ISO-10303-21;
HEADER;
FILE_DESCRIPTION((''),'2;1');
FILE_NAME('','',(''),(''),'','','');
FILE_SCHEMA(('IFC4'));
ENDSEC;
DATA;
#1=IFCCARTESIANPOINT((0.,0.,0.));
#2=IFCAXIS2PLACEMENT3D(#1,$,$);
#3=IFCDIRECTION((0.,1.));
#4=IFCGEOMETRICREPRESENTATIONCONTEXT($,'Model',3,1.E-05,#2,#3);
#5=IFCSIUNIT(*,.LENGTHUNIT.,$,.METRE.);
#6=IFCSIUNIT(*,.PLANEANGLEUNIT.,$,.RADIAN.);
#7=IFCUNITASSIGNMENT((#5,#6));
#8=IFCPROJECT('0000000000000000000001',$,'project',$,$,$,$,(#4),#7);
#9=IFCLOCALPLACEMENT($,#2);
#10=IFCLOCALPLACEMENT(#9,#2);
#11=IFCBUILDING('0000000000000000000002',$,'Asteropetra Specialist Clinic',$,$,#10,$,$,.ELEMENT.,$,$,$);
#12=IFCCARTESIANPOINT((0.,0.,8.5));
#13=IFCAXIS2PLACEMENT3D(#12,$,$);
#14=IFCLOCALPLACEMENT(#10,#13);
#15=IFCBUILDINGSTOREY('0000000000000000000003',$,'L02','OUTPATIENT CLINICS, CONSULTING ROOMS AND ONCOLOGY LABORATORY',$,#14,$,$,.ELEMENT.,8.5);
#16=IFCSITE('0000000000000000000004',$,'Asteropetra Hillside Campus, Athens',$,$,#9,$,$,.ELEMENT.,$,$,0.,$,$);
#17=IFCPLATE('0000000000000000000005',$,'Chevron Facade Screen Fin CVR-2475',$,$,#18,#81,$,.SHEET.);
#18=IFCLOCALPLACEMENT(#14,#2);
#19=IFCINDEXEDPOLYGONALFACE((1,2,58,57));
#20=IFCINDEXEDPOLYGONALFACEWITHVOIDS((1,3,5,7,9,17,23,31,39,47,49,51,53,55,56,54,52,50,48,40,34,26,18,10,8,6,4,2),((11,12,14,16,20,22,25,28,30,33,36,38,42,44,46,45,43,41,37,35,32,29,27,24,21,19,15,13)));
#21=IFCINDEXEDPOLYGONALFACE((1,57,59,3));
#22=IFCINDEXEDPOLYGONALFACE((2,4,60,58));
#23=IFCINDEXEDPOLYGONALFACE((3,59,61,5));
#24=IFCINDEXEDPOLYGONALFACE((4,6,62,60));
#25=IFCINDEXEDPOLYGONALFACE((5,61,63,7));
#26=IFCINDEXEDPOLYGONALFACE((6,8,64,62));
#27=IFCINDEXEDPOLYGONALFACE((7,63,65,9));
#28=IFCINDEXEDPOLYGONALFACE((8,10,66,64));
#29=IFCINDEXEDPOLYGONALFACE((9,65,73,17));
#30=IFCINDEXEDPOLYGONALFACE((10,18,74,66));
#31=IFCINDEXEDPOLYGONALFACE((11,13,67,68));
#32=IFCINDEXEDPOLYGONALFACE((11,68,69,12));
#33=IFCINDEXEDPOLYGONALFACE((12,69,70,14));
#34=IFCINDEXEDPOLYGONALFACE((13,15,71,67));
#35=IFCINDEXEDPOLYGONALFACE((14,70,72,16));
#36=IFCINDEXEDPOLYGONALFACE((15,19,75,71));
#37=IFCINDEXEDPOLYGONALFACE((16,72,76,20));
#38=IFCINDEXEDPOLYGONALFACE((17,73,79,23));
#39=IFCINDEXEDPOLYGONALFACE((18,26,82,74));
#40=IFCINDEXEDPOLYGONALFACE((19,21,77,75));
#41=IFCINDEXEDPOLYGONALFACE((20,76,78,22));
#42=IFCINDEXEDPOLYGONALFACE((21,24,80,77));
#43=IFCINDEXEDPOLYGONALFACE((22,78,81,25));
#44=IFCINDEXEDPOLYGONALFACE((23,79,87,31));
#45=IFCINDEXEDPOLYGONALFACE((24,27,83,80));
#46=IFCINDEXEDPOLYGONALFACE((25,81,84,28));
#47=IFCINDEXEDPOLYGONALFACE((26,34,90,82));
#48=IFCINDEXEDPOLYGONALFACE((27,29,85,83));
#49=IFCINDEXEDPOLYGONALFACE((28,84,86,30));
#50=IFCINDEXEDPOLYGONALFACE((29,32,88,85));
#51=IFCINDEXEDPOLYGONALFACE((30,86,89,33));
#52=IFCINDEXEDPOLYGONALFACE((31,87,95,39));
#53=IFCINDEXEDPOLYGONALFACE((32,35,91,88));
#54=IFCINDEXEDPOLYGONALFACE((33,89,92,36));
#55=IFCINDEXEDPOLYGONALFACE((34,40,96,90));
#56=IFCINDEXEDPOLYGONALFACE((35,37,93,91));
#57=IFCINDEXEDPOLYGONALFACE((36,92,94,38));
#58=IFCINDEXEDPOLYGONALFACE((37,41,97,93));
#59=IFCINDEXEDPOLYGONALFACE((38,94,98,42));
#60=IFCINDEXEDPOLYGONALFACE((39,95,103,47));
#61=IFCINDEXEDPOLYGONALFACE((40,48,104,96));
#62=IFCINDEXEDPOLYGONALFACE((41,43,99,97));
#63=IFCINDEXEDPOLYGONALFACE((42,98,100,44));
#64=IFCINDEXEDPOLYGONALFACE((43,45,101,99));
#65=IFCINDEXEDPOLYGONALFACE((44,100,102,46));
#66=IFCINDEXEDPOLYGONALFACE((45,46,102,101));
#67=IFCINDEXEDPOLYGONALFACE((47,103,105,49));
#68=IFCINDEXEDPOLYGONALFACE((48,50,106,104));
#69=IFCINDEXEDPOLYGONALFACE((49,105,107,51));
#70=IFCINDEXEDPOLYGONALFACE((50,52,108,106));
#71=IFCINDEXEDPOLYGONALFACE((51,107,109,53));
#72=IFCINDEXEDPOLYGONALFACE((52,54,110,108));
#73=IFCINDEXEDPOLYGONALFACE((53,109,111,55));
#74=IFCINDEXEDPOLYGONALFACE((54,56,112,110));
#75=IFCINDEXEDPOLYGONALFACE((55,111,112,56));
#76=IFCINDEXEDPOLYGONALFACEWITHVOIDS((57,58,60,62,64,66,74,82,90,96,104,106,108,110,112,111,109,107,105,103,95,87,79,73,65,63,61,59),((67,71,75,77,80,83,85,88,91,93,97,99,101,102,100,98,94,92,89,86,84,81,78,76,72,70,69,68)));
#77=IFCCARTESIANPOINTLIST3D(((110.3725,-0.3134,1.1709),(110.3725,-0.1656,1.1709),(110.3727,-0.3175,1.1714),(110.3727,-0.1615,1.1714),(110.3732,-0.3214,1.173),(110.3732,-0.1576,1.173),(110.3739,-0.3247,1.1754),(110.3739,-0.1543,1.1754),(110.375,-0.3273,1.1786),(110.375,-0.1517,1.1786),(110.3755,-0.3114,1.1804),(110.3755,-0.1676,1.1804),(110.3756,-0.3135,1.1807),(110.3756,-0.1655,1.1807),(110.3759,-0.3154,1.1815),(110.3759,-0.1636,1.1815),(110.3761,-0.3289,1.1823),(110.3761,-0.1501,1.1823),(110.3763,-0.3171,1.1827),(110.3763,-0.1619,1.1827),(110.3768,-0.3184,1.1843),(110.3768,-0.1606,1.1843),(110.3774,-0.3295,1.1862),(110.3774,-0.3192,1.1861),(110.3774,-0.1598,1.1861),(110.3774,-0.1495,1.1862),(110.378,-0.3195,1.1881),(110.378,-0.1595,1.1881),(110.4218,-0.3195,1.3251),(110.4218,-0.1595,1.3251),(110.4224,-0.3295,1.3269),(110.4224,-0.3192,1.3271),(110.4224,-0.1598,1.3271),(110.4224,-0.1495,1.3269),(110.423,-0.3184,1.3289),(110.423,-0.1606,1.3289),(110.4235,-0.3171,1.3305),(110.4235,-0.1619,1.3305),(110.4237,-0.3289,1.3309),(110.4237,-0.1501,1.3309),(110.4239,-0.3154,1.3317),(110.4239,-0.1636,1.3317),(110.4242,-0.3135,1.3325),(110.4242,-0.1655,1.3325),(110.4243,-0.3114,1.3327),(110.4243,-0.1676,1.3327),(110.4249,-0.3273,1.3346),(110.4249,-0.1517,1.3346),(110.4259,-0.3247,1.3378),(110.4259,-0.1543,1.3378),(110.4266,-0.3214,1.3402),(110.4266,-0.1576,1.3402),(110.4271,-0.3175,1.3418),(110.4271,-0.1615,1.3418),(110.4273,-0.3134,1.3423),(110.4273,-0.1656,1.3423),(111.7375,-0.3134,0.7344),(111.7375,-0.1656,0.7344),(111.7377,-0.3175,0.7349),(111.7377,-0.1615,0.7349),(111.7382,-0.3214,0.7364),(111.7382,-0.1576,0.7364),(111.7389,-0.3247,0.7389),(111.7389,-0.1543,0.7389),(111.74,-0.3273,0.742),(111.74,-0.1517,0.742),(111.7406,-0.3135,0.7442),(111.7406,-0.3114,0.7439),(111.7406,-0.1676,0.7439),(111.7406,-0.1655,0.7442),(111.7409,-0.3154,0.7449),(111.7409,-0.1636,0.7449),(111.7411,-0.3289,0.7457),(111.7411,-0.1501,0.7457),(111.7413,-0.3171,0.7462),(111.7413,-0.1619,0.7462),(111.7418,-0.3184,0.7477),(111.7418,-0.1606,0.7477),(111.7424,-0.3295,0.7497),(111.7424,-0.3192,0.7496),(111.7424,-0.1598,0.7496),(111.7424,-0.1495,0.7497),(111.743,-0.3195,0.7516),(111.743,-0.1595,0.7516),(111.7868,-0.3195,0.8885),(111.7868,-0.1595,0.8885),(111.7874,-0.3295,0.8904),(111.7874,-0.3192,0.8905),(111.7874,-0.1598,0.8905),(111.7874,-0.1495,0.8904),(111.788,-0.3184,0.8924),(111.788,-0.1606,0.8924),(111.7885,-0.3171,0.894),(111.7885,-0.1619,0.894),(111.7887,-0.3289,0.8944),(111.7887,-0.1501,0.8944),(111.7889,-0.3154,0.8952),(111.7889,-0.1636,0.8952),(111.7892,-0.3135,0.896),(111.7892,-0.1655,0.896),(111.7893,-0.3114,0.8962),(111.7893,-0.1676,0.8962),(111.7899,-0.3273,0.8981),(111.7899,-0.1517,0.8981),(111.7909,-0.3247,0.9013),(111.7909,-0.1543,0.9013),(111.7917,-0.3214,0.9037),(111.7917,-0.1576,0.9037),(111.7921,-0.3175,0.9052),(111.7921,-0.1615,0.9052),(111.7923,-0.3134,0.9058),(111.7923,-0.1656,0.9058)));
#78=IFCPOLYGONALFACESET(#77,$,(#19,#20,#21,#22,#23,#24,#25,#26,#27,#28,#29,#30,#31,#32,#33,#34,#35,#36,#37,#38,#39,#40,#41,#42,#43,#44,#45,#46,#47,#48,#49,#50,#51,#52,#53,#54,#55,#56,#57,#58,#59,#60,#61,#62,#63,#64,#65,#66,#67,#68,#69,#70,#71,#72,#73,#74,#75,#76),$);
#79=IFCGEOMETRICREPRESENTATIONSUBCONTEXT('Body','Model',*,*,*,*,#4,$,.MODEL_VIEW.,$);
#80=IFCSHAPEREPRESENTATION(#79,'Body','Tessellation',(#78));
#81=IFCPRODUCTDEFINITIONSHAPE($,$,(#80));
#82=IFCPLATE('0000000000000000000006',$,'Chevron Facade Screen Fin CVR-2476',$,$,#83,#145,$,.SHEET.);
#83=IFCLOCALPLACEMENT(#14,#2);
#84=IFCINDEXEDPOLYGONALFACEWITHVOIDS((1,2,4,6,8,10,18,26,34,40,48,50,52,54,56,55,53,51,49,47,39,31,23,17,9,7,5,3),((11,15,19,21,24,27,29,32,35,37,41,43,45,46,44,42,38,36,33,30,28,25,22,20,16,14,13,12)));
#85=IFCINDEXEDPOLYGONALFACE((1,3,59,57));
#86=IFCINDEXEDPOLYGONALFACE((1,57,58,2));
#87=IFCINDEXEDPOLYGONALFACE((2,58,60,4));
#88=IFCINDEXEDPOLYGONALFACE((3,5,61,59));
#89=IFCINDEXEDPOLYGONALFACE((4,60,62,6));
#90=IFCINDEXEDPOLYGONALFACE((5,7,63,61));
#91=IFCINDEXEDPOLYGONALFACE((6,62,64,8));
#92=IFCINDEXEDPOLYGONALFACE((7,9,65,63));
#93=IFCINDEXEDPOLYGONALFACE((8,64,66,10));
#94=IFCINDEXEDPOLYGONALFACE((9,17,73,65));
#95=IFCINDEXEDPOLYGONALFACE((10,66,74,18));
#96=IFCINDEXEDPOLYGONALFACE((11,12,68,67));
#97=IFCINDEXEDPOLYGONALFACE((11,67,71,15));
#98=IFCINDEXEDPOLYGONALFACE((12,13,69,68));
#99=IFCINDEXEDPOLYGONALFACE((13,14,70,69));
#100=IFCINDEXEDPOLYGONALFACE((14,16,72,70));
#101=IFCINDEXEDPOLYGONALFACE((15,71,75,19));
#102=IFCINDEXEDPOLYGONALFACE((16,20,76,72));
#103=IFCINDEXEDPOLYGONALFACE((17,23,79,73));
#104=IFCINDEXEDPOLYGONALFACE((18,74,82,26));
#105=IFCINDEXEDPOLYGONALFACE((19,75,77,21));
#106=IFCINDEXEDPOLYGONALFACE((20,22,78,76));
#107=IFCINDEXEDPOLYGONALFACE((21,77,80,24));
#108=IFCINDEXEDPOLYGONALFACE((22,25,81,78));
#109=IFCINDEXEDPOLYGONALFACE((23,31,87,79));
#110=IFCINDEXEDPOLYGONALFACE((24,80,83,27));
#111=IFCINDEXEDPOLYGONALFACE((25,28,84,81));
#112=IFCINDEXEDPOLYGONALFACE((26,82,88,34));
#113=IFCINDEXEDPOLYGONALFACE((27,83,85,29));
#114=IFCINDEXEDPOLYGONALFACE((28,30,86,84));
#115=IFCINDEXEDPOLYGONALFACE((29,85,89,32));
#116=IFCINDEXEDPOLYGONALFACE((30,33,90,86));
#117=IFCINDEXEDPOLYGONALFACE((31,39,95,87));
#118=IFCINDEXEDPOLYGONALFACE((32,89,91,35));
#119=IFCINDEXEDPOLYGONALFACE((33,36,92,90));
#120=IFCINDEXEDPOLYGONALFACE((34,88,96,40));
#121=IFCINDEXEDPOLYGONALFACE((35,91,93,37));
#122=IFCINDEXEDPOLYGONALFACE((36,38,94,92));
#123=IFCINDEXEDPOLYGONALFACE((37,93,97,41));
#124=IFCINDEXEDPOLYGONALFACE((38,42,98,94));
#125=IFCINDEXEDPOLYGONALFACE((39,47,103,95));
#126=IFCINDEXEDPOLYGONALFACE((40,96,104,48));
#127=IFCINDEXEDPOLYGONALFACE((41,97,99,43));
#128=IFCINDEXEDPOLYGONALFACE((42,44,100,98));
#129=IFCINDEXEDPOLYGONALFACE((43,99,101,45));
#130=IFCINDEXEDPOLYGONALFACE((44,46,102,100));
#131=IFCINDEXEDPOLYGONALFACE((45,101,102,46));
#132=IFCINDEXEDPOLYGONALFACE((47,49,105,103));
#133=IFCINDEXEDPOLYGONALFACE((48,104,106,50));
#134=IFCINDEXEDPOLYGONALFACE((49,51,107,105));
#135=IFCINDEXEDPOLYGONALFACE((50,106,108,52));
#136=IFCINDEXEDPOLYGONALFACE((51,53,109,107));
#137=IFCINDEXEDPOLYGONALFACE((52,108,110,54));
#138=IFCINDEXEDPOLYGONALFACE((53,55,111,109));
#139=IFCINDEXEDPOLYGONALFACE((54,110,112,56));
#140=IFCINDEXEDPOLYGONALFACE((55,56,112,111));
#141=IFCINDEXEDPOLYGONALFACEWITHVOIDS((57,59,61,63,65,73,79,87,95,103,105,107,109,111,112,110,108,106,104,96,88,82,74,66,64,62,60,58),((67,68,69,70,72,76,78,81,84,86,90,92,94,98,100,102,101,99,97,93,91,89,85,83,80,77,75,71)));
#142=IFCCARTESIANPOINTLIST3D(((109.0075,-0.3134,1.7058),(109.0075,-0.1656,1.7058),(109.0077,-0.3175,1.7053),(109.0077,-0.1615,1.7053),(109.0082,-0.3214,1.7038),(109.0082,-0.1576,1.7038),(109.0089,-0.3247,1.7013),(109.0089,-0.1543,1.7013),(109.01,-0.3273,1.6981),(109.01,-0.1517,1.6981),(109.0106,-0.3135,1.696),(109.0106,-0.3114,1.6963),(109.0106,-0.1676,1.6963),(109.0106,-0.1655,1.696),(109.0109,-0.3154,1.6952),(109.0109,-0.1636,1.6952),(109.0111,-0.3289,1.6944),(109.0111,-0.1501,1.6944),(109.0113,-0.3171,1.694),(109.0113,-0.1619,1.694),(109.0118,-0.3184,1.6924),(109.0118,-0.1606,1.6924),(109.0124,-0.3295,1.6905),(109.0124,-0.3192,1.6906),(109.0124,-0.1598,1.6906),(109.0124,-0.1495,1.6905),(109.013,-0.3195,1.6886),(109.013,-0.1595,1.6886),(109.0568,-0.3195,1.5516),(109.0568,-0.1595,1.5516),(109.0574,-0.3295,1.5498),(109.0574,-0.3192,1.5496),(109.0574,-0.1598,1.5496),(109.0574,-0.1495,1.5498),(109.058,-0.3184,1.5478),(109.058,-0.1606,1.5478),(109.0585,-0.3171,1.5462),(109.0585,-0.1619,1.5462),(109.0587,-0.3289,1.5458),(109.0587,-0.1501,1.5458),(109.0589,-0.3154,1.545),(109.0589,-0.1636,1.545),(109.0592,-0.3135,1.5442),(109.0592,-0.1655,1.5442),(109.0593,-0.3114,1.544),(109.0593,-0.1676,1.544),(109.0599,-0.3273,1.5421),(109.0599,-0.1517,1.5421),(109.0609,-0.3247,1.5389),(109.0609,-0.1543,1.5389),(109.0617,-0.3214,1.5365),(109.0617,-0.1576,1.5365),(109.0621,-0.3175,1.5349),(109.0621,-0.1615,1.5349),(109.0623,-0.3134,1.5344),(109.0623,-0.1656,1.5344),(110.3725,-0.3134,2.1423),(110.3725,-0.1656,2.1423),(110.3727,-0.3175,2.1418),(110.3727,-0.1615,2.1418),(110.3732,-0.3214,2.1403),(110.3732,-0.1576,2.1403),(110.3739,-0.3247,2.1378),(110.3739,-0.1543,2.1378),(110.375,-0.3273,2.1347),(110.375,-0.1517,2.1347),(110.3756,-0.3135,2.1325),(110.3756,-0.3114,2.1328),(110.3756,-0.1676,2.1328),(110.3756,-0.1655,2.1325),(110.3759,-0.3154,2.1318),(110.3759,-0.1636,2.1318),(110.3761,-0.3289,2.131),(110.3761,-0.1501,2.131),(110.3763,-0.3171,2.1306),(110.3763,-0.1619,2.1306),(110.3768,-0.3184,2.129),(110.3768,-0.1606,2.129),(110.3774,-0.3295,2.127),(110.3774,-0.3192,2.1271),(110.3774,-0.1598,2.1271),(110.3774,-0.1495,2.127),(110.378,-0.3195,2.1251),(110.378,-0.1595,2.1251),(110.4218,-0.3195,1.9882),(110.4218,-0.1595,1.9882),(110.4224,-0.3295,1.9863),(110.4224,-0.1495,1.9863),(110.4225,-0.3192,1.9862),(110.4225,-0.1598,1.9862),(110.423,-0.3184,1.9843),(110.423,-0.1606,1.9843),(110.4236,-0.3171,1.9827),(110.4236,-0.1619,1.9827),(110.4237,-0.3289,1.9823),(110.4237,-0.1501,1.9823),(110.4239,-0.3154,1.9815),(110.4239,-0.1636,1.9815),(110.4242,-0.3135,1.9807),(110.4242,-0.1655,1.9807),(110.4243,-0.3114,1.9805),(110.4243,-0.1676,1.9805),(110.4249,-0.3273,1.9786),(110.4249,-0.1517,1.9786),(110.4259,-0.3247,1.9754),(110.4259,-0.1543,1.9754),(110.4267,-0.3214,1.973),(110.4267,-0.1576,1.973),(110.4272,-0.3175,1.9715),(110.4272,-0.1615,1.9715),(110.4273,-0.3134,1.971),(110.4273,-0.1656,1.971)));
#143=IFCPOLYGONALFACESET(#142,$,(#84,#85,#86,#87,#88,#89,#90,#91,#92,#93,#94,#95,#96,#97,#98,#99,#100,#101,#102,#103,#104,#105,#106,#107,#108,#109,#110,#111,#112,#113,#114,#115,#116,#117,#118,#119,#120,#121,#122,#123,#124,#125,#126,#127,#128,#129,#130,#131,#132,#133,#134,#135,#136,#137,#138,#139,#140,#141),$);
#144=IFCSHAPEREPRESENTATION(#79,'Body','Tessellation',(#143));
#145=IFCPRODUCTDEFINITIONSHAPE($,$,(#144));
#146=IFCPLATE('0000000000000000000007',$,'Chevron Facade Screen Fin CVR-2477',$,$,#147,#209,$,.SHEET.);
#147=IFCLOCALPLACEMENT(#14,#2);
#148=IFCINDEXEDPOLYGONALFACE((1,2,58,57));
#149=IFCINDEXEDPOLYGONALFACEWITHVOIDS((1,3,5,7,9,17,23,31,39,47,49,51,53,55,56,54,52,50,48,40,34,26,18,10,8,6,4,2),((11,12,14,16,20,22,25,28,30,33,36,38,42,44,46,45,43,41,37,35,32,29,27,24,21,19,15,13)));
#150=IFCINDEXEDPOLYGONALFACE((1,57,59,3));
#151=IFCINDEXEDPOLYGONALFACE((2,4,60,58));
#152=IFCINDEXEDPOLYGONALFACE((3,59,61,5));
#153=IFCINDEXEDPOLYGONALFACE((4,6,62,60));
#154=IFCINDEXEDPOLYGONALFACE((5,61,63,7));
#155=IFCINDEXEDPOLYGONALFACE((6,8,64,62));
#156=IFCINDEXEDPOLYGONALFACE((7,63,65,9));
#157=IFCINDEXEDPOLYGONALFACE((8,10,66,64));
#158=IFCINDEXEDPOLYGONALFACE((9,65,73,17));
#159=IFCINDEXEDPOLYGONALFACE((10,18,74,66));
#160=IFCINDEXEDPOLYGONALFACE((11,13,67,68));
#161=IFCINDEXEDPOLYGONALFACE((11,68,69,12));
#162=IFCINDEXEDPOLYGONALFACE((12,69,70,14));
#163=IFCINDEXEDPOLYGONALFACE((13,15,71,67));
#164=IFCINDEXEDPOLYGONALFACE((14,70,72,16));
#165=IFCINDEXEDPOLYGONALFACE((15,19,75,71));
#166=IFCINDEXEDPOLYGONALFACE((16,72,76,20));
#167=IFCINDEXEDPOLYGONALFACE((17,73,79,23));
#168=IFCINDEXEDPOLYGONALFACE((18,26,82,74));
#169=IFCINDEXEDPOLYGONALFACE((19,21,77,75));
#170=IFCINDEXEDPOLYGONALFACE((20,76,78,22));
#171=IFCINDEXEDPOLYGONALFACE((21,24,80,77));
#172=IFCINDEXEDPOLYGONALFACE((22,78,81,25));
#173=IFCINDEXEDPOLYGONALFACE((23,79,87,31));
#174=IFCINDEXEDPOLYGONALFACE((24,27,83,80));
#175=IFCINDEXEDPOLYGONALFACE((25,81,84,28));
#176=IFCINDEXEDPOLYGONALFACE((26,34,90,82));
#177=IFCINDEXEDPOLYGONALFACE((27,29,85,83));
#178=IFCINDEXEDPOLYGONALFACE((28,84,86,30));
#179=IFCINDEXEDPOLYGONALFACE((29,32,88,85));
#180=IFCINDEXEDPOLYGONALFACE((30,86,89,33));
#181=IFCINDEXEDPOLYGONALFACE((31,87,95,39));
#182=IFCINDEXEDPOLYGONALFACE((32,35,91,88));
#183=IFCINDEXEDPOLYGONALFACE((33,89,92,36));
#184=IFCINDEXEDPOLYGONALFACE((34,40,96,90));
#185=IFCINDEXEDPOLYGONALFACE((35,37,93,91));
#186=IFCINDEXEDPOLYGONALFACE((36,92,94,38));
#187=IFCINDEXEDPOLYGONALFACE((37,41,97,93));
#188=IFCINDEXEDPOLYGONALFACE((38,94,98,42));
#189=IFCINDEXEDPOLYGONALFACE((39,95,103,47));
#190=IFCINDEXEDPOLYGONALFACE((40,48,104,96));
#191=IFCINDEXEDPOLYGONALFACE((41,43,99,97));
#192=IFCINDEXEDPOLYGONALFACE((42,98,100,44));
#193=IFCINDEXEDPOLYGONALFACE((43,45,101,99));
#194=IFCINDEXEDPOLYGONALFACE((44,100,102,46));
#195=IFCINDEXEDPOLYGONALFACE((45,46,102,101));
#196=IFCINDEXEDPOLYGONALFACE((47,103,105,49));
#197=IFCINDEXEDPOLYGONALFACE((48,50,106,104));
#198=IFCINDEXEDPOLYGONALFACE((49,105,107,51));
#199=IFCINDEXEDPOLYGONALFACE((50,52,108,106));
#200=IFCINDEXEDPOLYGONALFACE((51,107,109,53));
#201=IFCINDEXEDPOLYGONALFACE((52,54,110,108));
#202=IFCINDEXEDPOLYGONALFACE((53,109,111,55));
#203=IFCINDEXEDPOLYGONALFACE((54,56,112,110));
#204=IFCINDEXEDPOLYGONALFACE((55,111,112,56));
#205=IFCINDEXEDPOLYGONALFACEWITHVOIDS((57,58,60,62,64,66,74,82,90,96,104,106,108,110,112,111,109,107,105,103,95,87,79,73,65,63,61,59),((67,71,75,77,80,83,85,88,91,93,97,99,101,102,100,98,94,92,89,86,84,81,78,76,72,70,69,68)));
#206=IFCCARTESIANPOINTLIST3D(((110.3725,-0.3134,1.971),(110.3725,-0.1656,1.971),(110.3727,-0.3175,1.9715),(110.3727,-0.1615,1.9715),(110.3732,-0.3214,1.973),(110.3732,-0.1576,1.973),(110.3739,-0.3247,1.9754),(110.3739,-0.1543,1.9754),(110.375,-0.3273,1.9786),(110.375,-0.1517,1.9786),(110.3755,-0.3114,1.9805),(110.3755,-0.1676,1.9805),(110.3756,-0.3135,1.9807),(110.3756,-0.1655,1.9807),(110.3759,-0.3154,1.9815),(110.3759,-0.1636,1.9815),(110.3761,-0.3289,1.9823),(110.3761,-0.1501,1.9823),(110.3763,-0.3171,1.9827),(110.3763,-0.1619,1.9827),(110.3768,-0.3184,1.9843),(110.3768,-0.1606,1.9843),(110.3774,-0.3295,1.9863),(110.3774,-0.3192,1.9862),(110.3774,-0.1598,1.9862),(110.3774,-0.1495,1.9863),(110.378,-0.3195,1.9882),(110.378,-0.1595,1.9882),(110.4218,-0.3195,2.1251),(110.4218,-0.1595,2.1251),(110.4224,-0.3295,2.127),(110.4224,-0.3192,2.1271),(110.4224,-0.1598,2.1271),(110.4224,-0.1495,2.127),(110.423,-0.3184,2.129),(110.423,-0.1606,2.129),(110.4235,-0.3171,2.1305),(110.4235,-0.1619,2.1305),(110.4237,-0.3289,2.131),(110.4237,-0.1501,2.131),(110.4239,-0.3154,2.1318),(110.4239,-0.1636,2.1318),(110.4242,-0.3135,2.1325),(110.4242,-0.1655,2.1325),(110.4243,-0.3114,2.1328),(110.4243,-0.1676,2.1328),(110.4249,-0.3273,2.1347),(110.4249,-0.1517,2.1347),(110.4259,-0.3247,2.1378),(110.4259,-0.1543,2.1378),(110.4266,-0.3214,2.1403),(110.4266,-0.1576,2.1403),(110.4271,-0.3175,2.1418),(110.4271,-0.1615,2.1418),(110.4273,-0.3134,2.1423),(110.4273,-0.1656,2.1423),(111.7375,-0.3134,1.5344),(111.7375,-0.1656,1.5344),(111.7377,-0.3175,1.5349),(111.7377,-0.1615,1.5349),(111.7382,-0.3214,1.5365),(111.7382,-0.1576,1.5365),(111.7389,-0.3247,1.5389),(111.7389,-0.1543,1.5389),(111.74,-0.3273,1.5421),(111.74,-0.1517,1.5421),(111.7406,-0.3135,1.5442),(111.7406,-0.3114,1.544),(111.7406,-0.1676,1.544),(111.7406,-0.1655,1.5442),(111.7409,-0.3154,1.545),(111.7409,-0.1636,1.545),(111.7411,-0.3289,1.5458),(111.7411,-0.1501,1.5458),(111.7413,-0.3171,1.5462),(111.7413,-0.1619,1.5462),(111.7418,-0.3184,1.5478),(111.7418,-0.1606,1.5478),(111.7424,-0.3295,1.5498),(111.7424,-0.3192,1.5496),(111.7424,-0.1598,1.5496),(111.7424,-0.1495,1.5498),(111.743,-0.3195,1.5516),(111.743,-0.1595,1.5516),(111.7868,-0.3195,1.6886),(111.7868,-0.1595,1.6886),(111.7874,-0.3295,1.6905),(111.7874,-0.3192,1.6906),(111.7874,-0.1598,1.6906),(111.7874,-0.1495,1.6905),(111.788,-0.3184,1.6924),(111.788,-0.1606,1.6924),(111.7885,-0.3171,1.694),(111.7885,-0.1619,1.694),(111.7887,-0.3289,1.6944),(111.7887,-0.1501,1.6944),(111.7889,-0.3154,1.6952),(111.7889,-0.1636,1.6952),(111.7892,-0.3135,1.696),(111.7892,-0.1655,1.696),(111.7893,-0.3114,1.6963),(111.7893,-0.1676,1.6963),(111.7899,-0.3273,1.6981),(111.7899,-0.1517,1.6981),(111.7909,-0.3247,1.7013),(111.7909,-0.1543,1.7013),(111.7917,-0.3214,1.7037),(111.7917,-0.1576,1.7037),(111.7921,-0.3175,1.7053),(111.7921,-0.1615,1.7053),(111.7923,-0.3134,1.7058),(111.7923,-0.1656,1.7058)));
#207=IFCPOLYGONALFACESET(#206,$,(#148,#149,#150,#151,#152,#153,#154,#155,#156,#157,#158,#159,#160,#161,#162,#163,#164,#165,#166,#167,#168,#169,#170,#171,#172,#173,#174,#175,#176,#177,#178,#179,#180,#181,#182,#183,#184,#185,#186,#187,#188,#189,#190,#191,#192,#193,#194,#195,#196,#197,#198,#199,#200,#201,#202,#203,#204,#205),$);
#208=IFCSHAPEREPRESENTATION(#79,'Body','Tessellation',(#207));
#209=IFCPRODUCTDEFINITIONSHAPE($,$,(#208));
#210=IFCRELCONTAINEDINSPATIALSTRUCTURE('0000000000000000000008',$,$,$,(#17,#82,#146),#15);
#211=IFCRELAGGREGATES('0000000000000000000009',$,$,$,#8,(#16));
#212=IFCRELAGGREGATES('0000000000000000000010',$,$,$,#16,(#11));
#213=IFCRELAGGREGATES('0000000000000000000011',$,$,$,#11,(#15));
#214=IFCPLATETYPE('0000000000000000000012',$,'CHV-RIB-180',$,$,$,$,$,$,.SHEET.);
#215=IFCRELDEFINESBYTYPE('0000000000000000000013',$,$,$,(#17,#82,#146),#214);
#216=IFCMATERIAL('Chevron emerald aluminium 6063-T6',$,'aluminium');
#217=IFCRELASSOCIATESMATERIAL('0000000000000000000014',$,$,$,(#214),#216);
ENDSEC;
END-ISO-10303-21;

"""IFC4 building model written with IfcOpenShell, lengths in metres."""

from ifc_helpers import new_model, si_unit, direction, frame, origin, origin_2d, place, context, subcontext, project, spatial, hollow_rectangle, extrude, material, material_profile, profile_set, type_object, element, save


model = new_model("IFC4")

# Units and contexts
model_context = context("Model", 3, precision=1e-05, world=origin(), true_north=direction((0.0, 1.0)))
body_context = subcontext(model_context, "Body", "Model", "MODEL_VIEW")
ifc_project = project(units=[si_unit("LENGTHUNIT", "METRE"), si_unit("PLANEANGLEUNIT", "RADIAN")], contexts=[model_context])

# Site, building, storey
site_placement = place(None, origin())
site = spatial("IfcSite", under=ifc_project, at=site_placement, Name="Asteropetra Hillside Campus, Athens", CompositionType="ELEMENT", RefElevation=0.0)
building_placement = place(site_placement, origin())
building = spatial("IfcBuilding", under=site, at=building_placement, Name="Asteropetra Specialist Clinic", CompositionType="ELEMENT")
storey_placement = place(building_placement, frame((0.0, 0.0, 8.5)))
storey = spatial("IfcBuildingStorey", under=building, at=storey_placement, Name="L02", Description="OUTPATIENT CLINICS, CONSULTING ROOMS AND ONCOLOGY LABORATORY", CompositionType="ELEMENT", Elevation=8.5)

# Plates
ifc_material_1 = material(Name="Chevron emerald aluminium 6063-T6", Category="aluminium")
ifc_material_profile_1 = material_profile(ifc_material_1, hollow_rectangle(XDim=0.1799, YDim=0.1799, WallThickness=0.01, InnerFilletRadius=0.0081, OuterFilletRadius=0.0161, at=origin_2d()), Name="SHS 180x180x10.0")
ifc_profile_set_1 = profile_set([ifc_material_profile_1], Name="Chevron emerald aluminium 6063-T6")
plate_type = type_object("IfcPlateType", Name="CHV-RIB-180", PredefinedType="SHEET", material=ifc_profile_set_1)
for number, where, z_axis, x_axis, name in (
    (1, (110.3999, -0.2395, 1.2566), (0.95248, 0.0, -0.304603), (0.0, 1.0, 0.0), "Chevron Facade Screen Fin CVR-2475"),
    (2, (109.0349, -0.2395, 1.6201), (0.95248, 0.0, 0.304603), (0.0, 1.0, 0.0), "Chevron Facade Screen Fin CVR-2476"),
    (3, (110.3999, -0.2395, 2.0566), (0.95248, 0.0, -0.304603), (0.0, 1.0, 0.0), "Chevron Facade Screen Fin CVR-2477"),
):
    element("IfcPlate", number, at=place(storey_placement, frame(where, z_axis=z_axis, x_axis=x_axis)), inside=storey, type_object=plate_type, Name=name, PredefinedType="SHEET", context=body_context, shape_type="SweptSolid", body=[
        extrude(hollow_rectangle(XDim=0.1799, YDim=0.1799, WallThickness=0.01, InnerFilletRadius=0.0081, OuterFilletRadius=0.0161, at=origin_2d()), origin(), (0.0, 0.0, 1.0), 1.4331),
    ])

save(model, "model.ifc")
